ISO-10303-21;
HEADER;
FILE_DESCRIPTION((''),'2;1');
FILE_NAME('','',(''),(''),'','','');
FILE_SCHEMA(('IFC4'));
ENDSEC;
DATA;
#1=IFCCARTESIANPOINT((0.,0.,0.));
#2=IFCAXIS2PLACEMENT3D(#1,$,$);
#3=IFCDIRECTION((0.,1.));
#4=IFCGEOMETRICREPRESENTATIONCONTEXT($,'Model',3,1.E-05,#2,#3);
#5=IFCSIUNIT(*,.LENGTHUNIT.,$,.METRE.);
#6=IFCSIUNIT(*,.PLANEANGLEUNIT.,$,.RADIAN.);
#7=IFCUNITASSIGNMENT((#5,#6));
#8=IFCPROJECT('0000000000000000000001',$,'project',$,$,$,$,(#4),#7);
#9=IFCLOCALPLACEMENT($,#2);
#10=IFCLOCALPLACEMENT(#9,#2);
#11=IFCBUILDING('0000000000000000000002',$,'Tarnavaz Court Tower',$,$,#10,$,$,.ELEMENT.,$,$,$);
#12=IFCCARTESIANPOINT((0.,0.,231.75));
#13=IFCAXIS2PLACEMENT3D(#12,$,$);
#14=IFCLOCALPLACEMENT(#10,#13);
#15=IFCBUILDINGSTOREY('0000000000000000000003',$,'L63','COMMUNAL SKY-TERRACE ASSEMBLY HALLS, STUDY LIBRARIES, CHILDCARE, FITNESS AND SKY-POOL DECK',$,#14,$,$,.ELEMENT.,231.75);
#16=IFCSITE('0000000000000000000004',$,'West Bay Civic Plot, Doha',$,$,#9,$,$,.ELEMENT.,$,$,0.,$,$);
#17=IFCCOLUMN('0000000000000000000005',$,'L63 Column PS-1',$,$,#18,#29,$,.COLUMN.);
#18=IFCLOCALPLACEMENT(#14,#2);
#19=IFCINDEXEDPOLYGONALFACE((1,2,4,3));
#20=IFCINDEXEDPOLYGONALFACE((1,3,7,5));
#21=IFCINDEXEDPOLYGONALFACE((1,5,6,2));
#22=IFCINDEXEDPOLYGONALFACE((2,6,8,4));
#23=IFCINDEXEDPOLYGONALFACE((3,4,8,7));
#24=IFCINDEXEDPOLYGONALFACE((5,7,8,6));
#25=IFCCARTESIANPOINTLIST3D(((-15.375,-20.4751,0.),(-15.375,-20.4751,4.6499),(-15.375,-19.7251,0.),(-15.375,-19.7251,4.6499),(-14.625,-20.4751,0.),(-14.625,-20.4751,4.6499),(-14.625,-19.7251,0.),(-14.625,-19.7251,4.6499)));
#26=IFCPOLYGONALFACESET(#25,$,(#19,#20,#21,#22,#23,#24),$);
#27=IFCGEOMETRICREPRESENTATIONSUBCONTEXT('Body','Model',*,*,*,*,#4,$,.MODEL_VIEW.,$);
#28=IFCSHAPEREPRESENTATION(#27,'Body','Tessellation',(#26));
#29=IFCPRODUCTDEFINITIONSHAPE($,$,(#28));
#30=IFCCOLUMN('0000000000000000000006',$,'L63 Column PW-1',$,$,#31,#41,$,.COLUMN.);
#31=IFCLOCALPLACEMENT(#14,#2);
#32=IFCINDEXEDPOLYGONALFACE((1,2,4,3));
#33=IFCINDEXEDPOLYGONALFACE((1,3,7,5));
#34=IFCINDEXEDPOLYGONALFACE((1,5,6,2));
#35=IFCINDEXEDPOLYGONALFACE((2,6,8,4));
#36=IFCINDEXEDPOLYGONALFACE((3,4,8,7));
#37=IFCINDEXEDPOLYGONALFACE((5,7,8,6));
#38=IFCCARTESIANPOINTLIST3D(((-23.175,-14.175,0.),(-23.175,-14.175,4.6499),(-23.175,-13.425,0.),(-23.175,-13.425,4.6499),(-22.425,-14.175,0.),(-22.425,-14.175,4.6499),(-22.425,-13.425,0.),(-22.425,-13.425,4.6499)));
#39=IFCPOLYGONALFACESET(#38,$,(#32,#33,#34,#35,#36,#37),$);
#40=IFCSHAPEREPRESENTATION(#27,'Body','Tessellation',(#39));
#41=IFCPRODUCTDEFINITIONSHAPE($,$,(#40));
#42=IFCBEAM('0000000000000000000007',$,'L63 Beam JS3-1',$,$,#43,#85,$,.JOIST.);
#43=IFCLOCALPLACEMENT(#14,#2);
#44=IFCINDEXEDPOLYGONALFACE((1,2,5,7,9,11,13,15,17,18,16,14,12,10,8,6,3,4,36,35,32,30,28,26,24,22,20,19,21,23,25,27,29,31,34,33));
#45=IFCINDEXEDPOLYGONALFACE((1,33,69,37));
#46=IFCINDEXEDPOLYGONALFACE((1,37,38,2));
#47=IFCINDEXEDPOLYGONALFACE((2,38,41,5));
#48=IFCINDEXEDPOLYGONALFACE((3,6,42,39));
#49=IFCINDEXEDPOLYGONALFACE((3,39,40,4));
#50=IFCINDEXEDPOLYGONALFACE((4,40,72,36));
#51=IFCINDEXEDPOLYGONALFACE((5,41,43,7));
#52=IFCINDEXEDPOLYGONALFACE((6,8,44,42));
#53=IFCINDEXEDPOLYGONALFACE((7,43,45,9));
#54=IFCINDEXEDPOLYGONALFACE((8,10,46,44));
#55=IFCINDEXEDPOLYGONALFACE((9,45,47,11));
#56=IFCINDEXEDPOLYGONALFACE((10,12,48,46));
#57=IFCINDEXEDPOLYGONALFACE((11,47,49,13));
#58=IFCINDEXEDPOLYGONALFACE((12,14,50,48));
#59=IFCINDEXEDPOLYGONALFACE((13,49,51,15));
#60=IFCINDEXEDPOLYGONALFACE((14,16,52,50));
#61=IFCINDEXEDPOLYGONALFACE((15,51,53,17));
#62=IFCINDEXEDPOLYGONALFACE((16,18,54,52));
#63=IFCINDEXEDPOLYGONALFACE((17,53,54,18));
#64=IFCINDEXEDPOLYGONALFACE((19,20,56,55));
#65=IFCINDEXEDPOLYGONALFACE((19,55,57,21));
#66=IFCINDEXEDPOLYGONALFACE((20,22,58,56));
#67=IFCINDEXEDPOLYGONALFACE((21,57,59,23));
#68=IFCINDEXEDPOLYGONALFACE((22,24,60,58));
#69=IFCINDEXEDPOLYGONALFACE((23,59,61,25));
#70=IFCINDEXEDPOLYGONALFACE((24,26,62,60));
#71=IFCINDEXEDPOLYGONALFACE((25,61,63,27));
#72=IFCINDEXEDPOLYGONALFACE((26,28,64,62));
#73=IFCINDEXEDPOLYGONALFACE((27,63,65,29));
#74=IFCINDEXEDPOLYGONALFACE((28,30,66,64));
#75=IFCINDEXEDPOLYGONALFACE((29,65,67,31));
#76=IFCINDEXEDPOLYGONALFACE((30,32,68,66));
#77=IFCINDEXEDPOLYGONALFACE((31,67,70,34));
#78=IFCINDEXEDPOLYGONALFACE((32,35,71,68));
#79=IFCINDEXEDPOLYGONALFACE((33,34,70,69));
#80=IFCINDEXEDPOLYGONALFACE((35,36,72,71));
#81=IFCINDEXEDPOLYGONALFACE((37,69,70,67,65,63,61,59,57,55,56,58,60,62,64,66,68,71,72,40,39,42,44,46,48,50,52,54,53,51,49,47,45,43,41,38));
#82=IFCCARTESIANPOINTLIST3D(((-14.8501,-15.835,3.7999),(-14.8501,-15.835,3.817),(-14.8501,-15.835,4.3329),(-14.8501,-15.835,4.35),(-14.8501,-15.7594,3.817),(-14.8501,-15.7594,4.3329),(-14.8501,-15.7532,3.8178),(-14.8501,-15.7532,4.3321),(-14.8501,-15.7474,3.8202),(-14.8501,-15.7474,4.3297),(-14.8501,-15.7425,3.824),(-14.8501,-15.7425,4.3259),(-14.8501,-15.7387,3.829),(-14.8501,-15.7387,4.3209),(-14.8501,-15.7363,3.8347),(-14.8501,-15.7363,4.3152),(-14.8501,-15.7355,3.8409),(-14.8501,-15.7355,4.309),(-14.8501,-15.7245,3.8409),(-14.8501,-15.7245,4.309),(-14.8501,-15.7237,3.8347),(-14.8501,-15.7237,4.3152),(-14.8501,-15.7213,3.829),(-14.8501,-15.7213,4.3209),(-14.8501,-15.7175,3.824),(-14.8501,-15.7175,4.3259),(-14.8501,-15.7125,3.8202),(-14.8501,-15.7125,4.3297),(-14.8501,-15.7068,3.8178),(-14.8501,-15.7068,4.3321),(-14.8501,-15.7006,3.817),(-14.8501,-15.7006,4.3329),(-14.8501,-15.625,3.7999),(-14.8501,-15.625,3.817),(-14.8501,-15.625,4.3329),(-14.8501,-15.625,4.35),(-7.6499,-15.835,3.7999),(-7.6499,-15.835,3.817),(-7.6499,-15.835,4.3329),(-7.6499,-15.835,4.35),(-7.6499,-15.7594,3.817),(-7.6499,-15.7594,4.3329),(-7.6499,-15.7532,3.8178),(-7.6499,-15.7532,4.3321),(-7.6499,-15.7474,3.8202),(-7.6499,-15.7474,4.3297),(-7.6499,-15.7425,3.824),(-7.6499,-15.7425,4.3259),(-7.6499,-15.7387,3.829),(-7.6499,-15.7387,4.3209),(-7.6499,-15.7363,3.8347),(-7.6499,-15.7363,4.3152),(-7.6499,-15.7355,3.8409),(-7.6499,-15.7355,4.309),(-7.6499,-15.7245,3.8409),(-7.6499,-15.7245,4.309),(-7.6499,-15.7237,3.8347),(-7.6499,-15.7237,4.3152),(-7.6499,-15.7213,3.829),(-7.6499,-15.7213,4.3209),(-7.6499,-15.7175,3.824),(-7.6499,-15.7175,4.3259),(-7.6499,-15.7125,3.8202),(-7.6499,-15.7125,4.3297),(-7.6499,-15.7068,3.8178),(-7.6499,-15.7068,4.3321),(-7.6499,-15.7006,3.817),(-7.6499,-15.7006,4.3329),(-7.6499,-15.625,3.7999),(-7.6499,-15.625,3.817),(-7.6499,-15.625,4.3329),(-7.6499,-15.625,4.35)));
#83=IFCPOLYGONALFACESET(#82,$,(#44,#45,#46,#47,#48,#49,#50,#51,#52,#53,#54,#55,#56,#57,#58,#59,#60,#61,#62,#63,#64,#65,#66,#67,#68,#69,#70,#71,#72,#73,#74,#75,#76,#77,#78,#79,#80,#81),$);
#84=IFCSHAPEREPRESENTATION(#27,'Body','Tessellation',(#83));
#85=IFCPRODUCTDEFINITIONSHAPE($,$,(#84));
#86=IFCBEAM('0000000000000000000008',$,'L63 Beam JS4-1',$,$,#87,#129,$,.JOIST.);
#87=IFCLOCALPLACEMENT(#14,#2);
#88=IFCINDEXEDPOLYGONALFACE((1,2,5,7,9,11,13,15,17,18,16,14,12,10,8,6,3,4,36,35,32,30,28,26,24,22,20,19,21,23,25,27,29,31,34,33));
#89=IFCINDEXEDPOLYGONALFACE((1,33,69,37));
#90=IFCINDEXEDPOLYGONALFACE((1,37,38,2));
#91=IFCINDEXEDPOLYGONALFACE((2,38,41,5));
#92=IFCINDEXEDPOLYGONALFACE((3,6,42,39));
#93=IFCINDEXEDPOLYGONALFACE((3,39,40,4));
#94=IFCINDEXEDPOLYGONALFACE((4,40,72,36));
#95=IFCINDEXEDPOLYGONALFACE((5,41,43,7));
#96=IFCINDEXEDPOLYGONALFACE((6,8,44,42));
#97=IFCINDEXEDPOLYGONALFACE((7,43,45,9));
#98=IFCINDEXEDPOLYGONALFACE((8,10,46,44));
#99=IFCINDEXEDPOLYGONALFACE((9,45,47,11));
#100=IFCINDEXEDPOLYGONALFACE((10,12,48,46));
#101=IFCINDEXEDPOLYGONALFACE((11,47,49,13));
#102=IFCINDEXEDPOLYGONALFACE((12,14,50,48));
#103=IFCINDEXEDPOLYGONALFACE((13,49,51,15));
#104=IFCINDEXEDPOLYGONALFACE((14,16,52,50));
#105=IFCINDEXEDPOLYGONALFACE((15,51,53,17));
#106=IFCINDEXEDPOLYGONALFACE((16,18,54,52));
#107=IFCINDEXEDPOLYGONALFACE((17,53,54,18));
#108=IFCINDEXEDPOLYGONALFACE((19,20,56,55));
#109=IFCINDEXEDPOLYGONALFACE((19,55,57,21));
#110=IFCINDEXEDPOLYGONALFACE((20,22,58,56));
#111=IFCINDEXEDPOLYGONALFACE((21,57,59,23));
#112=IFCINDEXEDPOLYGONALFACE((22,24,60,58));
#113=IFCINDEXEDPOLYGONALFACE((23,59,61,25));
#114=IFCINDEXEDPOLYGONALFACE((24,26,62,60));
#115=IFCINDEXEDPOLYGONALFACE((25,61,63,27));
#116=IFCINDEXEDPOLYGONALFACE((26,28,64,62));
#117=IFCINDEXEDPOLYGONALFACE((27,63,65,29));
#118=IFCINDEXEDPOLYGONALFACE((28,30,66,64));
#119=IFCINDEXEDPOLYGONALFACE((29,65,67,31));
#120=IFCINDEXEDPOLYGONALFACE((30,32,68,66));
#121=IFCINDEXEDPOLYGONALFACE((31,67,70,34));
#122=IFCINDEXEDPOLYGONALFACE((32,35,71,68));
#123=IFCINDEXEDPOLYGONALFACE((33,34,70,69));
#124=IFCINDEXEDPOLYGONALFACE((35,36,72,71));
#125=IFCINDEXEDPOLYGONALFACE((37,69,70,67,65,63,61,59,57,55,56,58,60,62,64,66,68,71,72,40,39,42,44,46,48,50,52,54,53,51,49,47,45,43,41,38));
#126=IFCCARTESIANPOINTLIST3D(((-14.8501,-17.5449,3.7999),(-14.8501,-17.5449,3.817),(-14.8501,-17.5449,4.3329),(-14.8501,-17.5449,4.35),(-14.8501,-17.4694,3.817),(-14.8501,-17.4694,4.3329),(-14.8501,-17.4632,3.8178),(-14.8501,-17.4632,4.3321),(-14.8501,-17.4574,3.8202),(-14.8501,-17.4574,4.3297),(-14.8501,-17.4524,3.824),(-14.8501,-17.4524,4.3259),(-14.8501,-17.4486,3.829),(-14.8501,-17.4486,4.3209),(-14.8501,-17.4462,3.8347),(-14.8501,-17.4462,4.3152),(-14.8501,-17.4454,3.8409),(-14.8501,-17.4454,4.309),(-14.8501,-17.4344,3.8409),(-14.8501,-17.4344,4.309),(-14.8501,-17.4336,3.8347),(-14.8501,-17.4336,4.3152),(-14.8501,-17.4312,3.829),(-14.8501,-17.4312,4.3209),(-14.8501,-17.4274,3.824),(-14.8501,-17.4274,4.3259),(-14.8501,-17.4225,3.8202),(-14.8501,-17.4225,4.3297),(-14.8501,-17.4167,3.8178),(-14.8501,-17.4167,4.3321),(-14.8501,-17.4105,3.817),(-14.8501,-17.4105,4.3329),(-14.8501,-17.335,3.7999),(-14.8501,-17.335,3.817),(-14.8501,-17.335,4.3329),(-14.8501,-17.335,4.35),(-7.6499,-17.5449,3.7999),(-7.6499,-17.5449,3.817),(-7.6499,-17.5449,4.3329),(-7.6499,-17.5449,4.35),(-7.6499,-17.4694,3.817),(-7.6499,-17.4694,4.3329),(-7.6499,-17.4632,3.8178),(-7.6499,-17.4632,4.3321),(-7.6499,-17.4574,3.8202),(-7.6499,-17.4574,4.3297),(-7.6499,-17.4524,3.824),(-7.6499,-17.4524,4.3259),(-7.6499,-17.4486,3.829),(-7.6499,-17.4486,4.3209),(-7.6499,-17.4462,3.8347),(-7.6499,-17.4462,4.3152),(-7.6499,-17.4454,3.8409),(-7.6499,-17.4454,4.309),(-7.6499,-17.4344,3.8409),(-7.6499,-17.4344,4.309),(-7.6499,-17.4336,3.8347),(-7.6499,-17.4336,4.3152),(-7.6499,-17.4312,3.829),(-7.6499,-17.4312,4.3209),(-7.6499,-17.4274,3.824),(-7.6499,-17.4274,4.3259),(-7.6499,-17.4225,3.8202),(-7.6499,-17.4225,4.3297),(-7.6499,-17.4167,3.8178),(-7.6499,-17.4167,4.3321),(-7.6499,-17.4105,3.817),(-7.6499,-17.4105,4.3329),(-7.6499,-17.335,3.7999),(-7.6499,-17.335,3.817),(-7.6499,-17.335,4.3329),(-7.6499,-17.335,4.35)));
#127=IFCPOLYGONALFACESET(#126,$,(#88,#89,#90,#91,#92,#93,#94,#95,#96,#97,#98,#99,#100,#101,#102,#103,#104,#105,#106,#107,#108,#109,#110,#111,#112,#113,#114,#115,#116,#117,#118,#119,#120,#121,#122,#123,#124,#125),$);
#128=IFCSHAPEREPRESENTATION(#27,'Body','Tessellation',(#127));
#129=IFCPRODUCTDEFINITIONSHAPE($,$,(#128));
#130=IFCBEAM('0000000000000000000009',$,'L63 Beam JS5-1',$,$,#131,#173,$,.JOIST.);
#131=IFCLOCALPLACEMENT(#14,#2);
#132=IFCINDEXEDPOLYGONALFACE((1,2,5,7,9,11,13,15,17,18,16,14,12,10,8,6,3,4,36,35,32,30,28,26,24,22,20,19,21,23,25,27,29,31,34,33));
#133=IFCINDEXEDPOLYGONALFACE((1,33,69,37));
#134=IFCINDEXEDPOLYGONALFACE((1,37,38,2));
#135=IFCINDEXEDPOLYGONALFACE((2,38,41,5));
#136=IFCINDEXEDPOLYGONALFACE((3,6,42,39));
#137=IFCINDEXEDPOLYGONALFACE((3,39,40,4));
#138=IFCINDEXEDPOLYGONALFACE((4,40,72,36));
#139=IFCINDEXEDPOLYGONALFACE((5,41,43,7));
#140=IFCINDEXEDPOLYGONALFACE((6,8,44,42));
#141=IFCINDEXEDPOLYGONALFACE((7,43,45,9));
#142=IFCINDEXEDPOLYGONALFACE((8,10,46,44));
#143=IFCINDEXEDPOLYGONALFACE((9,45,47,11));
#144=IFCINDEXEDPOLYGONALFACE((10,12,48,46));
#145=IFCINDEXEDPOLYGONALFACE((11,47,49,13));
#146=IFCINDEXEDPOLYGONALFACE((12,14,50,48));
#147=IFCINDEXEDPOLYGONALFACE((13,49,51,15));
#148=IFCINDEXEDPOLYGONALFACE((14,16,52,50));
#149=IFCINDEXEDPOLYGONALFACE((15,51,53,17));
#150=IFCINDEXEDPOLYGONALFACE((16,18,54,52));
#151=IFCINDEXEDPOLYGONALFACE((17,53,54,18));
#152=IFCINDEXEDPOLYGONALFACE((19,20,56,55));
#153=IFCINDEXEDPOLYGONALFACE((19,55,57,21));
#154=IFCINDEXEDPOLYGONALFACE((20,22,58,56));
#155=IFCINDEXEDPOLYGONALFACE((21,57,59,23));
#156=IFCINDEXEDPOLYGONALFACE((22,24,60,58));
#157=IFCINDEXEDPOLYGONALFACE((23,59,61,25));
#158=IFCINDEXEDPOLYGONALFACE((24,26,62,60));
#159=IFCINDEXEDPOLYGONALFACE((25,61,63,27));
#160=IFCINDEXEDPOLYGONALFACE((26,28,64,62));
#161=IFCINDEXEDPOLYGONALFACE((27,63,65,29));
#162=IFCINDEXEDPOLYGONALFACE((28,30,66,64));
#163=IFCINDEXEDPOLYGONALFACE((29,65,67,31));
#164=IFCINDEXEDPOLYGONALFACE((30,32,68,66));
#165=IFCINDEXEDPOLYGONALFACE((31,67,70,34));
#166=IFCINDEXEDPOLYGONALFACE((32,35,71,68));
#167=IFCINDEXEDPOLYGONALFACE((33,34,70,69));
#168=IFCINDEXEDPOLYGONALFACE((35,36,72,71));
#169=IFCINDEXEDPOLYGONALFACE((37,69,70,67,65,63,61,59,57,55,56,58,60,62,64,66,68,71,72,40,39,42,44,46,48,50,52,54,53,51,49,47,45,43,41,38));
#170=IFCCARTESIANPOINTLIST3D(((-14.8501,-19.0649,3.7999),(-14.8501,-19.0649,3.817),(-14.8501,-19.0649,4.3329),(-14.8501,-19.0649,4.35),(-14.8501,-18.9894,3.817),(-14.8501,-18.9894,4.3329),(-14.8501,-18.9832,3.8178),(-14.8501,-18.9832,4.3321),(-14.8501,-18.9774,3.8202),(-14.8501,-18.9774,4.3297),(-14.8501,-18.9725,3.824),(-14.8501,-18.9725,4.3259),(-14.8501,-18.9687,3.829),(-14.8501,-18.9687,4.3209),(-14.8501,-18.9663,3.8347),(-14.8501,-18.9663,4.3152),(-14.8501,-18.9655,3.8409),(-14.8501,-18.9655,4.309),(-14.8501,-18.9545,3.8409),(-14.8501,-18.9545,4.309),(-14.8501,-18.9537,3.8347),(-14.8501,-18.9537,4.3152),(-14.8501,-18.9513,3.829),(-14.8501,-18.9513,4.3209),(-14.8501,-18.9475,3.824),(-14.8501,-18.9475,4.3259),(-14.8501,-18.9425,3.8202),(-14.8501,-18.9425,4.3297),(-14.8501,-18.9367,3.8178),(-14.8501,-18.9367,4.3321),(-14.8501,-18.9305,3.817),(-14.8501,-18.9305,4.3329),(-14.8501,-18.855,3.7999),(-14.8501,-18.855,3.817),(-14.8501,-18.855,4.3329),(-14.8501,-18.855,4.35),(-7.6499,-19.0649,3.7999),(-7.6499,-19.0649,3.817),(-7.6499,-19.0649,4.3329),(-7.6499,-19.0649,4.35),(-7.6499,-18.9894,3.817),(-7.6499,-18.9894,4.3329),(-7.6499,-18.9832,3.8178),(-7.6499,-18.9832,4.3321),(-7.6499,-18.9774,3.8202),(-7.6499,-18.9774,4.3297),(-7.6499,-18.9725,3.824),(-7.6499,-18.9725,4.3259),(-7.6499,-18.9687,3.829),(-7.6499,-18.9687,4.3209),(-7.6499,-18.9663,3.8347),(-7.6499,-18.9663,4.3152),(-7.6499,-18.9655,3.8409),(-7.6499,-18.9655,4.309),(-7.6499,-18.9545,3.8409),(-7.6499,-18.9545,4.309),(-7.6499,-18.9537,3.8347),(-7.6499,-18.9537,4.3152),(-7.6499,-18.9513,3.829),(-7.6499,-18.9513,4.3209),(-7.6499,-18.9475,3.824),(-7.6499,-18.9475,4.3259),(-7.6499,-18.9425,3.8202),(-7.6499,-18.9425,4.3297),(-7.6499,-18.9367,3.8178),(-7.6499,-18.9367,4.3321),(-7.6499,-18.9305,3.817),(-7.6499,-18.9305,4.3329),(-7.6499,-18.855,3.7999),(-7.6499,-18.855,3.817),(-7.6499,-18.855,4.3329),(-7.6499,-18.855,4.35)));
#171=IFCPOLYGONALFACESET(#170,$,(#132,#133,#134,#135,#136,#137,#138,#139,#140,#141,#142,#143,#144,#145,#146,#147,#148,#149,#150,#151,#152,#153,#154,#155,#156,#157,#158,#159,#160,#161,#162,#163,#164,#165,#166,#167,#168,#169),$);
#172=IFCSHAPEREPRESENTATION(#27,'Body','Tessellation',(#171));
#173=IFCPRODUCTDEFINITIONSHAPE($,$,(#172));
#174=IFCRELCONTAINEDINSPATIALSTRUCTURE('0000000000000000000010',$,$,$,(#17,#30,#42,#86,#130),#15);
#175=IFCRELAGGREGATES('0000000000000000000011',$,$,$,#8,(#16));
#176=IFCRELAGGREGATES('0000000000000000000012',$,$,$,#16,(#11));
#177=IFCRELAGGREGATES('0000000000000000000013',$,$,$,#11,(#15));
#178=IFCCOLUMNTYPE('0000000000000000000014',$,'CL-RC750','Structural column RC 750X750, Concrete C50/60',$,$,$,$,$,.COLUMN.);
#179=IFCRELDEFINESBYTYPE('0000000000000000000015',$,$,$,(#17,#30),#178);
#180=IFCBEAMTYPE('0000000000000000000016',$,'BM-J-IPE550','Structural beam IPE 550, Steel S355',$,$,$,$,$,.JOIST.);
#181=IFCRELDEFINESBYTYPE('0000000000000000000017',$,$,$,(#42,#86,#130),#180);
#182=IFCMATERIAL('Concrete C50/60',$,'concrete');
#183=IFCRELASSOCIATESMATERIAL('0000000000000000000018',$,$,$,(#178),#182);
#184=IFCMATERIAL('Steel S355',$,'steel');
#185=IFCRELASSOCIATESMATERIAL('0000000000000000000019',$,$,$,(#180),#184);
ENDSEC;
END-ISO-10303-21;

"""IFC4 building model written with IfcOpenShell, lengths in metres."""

from ifc_helpers import new_model, si_unit, direction, frame, origin, origin_2d, place, context, subcontext, project, spatial, rectangle, i_section, extrude, material, material_profile, profile_set, type_object, element, save


model = new_model("IFC4")

# Units and contexts
model_context = context("Model", 3, precision=1e-05, world=origin(), true_north=direction((0.0, 1.0)))
body_context = subcontext(model_context, "Body", "Model", "MODEL_VIEW")
ifc_project = project(units=[si_unit("LENGTHUNIT", "METRE"), si_unit("PLANEANGLEUNIT", "RADIAN")], contexts=[model_context])

# Site, building, storey
site_placement = place(None, origin())
site = spatial("IfcSite", under=ifc_project, at=site_placement, Name="West Bay Civic Plot, Doha", CompositionType="ELEMENT", RefElevation=0.0)
building_placement = place(site_placement, origin())
building = spatial("IfcBuilding", under=site, at=building_placement, Name="Tarnavaz Court Tower", CompositionType="ELEMENT")
storey_placement = place(building_placement, frame((0.0, 0.0, 231.75)))
storey = spatial("IfcBuildingStorey", under=building, at=storey_placement, Name="L63", Description="COMMUNAL SKY-TERRACE ASSEMBLY HALLS, STUDY LIBRARIES, CHILDCARE, FITNESS AND SKY-POOL DECK", CompositionType="ELEMENT", Elevation=231.75)

# Columns
ifc_material_1 = material(Name="Concrete C50/60", Category="concrete")
ifc_material_profile_1 = material_profile(ifc_material_1, rectangle(XDim=0.75, YDim=0.75, at=origin_2d()), Name="RC 750X750")
ifc_profile_set_1 = profile_set([ifc_material_profile_1], Name="Concrete C50/60")
column_type = type_object("IfcColumnType", Name="CL-RC750", Description="Structural column RC 750X750, Concrete C50/60", PredefinedType="COLUMN", material=ifc_profile_set_1)
for number, where, z_axis, x_axis, name in (
    (1, (-15.0, -20.1001, 0.0), (0.0, 0.0, 1.0), (1.0, 0.0, 0.0), "L63 Column PS-1"),
    (2, (-22.8, -13.8, 0.0), (0.0, 0.0, 1.0), (1.0, 0.0, 0.0), "L63 Column PW-1"),
):
    element("IfcColumn", number, at=place(storey_placement, frame(where, z_axis=z_axis, x_axis=x_axis)), inside=storey, type_object=column_type, Name=name, PredefinedType="COLUMN", context=body_context, shape_type="SweptSolid", body=[
        extrude(rectangle(XDim=0.75, YDim=0.75, at=origin_2d()), origin(), (0.0, 0.0, 1.0), 4.6499),
    ])

# Beams
ifc_material_2 = material(Name="Steel S355", Category="steel")
ifc_material_profile_2 = material_profile(ifc_material_2, i_section(OverallWidth=0.21, OverallDepth=0.55, WebThickness=0.011, FlangeThickness=0.0171, FilletRadius=0.0239, at=origin_2d()), Name="IPE 550")
ifc_profile_set_2 = profile_set([ifc_material_profile_2], Name="Steel S355")
beam_type_1 = type_object("IfcBeamType", Name="BM-J-IPE550", Description="Structural beam IPE 550, Steel S355", PredefinedType="JOIST", material=ifc_profile_set_2)
for number, where, z_axis, x_axis, name in (
    (3, (-14.8501, -15.73, 4.075), (1.0, 0.0, 0.0), (0.0, 1.0, 0.0), "L63 Beam JS3-1"),
    (4, (-14.8501, -17.4399, 4.075), (1.0, 0.0, 0.0), (0.0, 1.0, 0.0), "L63 Beam JS4-1"),
    (5, (-14.8501, -18.96, 4.075), (1.0, 0.0, 0.0), (0.0, 1.0, 0.0), "L63 Beam JS5-1"),
):
    element("IfcBeam", number, at=place(storey_placement, frame(where, z_axis=z_axis, x_axis=x_axis)), inside=storey, type_object=beam_type_1, Name=name, PredefinedType="JOIST", context=body_context, shape_type="SweptSolid", body=[
        extrude(i_section(OverallWidth=0.21, OverallDepth=0.55, WebThickness=0.011, FlangeThickness=0.0171, FilletRadius=0.0239, at=origin_2d()), origin(), (0.0, 0.0, 1.0), 7.2002),
    ])

save(model, "model.ifc")
